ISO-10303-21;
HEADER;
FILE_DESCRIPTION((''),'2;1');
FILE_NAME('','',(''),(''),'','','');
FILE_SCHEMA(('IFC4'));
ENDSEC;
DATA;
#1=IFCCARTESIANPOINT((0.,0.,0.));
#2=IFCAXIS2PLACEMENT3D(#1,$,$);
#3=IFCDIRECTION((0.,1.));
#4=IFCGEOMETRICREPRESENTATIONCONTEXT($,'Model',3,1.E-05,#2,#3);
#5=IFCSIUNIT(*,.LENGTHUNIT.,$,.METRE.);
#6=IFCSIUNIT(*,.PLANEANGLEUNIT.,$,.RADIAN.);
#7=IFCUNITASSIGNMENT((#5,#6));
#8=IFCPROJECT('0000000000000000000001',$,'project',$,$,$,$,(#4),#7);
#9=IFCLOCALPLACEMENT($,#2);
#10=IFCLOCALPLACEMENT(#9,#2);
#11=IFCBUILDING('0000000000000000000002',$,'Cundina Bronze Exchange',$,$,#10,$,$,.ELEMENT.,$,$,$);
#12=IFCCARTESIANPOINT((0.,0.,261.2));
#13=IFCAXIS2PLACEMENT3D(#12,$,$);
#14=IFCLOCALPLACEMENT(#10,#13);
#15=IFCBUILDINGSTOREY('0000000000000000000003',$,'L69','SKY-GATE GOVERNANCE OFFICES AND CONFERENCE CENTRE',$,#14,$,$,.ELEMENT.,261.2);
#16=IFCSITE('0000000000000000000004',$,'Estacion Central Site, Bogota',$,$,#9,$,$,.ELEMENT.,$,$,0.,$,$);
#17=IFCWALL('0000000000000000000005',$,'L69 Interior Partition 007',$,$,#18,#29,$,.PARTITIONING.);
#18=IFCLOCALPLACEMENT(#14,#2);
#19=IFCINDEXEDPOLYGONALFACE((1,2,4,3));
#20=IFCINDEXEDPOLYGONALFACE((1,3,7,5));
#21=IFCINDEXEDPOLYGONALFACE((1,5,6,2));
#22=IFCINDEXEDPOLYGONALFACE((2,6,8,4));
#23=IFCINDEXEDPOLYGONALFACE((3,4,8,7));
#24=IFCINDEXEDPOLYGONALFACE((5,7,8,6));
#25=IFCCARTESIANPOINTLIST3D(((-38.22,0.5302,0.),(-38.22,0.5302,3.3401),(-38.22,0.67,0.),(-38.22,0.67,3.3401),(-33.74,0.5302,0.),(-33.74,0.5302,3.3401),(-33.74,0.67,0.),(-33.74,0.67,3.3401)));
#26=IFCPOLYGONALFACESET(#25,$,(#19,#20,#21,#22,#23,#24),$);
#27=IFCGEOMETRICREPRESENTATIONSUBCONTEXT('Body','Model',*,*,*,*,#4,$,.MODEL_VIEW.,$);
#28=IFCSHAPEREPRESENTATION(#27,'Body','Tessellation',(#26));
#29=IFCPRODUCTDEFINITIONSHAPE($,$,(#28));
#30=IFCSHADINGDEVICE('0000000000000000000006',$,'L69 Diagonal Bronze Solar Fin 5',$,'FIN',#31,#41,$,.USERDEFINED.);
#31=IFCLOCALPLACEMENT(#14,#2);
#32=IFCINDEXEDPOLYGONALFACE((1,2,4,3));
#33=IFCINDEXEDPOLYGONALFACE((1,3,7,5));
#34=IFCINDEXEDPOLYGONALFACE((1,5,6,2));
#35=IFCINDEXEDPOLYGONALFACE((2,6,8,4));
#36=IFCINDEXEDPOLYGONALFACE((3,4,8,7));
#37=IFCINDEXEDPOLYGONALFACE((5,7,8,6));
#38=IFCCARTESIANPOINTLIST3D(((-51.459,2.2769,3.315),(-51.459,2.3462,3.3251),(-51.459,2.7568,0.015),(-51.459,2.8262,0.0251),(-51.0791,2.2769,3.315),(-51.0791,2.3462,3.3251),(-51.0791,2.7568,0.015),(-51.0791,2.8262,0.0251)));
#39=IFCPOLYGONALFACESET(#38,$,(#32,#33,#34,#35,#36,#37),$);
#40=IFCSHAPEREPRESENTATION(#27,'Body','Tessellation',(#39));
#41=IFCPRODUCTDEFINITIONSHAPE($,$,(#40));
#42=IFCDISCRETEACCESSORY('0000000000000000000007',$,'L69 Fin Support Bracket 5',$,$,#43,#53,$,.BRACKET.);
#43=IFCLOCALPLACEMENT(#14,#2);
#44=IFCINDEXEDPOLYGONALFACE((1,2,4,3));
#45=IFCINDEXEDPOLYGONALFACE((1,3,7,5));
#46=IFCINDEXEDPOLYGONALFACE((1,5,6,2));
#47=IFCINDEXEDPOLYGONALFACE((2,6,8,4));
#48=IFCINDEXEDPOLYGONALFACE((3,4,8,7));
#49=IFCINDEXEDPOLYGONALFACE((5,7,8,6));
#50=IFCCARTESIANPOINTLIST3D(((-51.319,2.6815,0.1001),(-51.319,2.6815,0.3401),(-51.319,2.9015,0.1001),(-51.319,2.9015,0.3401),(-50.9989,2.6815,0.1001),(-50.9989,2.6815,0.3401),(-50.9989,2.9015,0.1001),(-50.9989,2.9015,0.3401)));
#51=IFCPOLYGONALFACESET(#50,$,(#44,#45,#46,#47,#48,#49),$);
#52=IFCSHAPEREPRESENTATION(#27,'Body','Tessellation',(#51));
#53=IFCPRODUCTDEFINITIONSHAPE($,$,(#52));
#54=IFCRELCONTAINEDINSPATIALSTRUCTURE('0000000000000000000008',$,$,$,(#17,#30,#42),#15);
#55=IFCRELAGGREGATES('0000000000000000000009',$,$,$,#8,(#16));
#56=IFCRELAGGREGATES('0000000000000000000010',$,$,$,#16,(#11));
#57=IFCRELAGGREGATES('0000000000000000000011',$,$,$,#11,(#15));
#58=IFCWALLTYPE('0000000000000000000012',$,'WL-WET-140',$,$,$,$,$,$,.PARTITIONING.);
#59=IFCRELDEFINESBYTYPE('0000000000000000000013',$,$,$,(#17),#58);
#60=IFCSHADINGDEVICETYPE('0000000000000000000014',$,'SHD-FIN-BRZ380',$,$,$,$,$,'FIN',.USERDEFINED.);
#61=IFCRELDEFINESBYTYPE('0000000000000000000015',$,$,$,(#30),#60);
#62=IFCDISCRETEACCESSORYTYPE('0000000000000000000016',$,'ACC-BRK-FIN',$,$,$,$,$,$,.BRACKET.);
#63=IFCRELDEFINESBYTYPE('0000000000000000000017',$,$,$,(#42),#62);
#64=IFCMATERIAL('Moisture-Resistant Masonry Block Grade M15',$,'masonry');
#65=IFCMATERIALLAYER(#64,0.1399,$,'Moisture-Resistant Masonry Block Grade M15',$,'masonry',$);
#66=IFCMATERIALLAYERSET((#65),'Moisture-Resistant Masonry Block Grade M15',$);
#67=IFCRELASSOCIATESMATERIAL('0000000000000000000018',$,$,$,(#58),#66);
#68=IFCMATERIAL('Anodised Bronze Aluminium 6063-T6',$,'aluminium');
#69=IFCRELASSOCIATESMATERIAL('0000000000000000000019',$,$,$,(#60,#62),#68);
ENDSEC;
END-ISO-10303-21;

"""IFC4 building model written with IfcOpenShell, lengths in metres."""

from ifc_helpers import new_model, si_unit, direction, frame, frame_2d, origin, origin_2d, place, context, subcontext, project, spatial, rectangle, extrude, material, layer, layer_set, material_profile, profile_set, type_object, element, save


model = new_model("IFC4")

# Units and contexts
model_context = context("Model", 3, precision=1e-05, world=origin(), true_north=direction((0.0, 1.0)))
body_context = subcontext(model_context, "Body", "Model", "MODEL_VIEW")
ifc_project = project(units=[si_unit("LENGTHUNIT", "METRE"), si_unit("PLANEANGLEUNIT", "RADIAN")], contexts=[model_context])

# Site, building, storey
site_placement = place(None, origin())
site = spatial("IfcSite", under=ifc_project, at=site_placement, Name="Estacion Central Site, Bogota", CompositionType="ELEMENT", RefElevation=0.0)
building_placement = place(site_placement, origin())
building = spatial("IfcBuilding", under=site, at=building_placement, Name="Cundina Bronze Exchange", CompositionType="ELEMENT")
storey_placement = place(building_placement, frame((0.0, 0.0, 261.2)))
storey = spatial("IfcBuildingStorey", under=building, at=storey_placement, Name="L69", Description="SKY-GATE GOVERNANCE OFFICES AND CONFERENCE CENTRE", CompositionType="ELEMENT", Elevation=261.2)

# Shared definitions
ifc_material_1 = material(Name="Anodised Bronze Aluminium 6063-T6", Category="aluminium")

# Wall
ifc_material_2 = material(Name="Moisture-Resistant Masonry Block Grade M15", Category="masonry")
ifc_layer_1 = layer(ifc_material_2, 0.1399, Name="Moisture-Resistant Masonry Block Grade M15", Category="masonry")
ifc_layer_set_1 = layer_set([ifc_layer_1], Name="Moisture-Resistant Masonry Block Grade M15")
wall_type_1 = type_object("IfcWallType", Name="WL-WET-140", PredefinedType="PARTITIONING", material=ifc_layer_set_1)
wall_1_placement = place(storey_placement, frame((-38.22, 0.6001, 0.0), z_axis=(0.0, 0.0, 1.0), x_axis=(1.0, 0.0, 0.0)))
element("IfcWall", 1, at=wall_1_placement, inside=storey, type_object=wall_type_1, Name="L69 Interior Partition 007", PredefinedType="PARTITIONING", context=body_context, shape_type="SweptSolid", body=[
    extrude(rectangle(XDim=4.48, YDim=0.1399, at=frame_2d((2.24, 0.0))), origin(), (0.0, 0.0, 1.0), 3.3401),
])

# Shading device
ifc_material_profile_1 = material_profile(ifc_material_1, rectangle(XDim=0.0701, YDim=0.3799, at=origin_2d()), Name="FIN70X380", Category="aluminium")
ifc_profile_set_1 = profile_set([ifc_material_profile_1], Name="Anodised Bronze Aluminium 6063-T6")
shading_device_type = type_object("IfcShadingDeviceType", Name="SHD-FIN-BRZ380", ElementType="FIN", PredefinedType="USERDEFINED", material=ifc_profile_set_1)
shading_device_placement = place(storey_placement, frame((-51.269, 2.7915, 0.02), z_axis=(0.0, -0.143932, 0.989588), x_axis=(0.0, 0.989588, 0.143932)))
element("IfcShadingDevice", 2, at=shading_device_placement, inside=storey, type_object=shading_device_type, Name="L69 Diagonal Bronze Solar Fin 5", ObjectType="FIN", PredefinedType="USERDEFINED", context=body_context, shape_type="SweptSolid", body=[
    extrude(rectangle(XDim=0.0701, YDim=0.3799, at=origin_2d()), origin(), (0.0, 0.0, 1.0), 3.3347),
])

# Discrete accessory
discrete_accessory_type = type_object("IfcDiscreteAccessoryType", Name="ACC-BRK-FIN", PredefinedType="BRACKET", material=ifc_material_1)
discrete_accessory_placement = place(storey_placement, frame((-51.1589, 2.7915, 0.1001), z_axis=(0.0, 0.0, 1.0), x_axis=(0.0, -1.0, 0.0)))
element("IfcDiscreteAccessory", 3, at=discrete_accessory_placement, inside=storey, type_object=discrete_accessory_type, Name="L69 Fin Support Bracket 5", PredefinedType="BRACKET", context=body_context, shape_type="SweptSolid", body=[
    extrude(rectangle(XDim=0.22, YDim=0.3201, at=origin_2d()), origin(), (0.0, 0.0, 1.0), 0.24),
])

save(model, "model.ifc")
